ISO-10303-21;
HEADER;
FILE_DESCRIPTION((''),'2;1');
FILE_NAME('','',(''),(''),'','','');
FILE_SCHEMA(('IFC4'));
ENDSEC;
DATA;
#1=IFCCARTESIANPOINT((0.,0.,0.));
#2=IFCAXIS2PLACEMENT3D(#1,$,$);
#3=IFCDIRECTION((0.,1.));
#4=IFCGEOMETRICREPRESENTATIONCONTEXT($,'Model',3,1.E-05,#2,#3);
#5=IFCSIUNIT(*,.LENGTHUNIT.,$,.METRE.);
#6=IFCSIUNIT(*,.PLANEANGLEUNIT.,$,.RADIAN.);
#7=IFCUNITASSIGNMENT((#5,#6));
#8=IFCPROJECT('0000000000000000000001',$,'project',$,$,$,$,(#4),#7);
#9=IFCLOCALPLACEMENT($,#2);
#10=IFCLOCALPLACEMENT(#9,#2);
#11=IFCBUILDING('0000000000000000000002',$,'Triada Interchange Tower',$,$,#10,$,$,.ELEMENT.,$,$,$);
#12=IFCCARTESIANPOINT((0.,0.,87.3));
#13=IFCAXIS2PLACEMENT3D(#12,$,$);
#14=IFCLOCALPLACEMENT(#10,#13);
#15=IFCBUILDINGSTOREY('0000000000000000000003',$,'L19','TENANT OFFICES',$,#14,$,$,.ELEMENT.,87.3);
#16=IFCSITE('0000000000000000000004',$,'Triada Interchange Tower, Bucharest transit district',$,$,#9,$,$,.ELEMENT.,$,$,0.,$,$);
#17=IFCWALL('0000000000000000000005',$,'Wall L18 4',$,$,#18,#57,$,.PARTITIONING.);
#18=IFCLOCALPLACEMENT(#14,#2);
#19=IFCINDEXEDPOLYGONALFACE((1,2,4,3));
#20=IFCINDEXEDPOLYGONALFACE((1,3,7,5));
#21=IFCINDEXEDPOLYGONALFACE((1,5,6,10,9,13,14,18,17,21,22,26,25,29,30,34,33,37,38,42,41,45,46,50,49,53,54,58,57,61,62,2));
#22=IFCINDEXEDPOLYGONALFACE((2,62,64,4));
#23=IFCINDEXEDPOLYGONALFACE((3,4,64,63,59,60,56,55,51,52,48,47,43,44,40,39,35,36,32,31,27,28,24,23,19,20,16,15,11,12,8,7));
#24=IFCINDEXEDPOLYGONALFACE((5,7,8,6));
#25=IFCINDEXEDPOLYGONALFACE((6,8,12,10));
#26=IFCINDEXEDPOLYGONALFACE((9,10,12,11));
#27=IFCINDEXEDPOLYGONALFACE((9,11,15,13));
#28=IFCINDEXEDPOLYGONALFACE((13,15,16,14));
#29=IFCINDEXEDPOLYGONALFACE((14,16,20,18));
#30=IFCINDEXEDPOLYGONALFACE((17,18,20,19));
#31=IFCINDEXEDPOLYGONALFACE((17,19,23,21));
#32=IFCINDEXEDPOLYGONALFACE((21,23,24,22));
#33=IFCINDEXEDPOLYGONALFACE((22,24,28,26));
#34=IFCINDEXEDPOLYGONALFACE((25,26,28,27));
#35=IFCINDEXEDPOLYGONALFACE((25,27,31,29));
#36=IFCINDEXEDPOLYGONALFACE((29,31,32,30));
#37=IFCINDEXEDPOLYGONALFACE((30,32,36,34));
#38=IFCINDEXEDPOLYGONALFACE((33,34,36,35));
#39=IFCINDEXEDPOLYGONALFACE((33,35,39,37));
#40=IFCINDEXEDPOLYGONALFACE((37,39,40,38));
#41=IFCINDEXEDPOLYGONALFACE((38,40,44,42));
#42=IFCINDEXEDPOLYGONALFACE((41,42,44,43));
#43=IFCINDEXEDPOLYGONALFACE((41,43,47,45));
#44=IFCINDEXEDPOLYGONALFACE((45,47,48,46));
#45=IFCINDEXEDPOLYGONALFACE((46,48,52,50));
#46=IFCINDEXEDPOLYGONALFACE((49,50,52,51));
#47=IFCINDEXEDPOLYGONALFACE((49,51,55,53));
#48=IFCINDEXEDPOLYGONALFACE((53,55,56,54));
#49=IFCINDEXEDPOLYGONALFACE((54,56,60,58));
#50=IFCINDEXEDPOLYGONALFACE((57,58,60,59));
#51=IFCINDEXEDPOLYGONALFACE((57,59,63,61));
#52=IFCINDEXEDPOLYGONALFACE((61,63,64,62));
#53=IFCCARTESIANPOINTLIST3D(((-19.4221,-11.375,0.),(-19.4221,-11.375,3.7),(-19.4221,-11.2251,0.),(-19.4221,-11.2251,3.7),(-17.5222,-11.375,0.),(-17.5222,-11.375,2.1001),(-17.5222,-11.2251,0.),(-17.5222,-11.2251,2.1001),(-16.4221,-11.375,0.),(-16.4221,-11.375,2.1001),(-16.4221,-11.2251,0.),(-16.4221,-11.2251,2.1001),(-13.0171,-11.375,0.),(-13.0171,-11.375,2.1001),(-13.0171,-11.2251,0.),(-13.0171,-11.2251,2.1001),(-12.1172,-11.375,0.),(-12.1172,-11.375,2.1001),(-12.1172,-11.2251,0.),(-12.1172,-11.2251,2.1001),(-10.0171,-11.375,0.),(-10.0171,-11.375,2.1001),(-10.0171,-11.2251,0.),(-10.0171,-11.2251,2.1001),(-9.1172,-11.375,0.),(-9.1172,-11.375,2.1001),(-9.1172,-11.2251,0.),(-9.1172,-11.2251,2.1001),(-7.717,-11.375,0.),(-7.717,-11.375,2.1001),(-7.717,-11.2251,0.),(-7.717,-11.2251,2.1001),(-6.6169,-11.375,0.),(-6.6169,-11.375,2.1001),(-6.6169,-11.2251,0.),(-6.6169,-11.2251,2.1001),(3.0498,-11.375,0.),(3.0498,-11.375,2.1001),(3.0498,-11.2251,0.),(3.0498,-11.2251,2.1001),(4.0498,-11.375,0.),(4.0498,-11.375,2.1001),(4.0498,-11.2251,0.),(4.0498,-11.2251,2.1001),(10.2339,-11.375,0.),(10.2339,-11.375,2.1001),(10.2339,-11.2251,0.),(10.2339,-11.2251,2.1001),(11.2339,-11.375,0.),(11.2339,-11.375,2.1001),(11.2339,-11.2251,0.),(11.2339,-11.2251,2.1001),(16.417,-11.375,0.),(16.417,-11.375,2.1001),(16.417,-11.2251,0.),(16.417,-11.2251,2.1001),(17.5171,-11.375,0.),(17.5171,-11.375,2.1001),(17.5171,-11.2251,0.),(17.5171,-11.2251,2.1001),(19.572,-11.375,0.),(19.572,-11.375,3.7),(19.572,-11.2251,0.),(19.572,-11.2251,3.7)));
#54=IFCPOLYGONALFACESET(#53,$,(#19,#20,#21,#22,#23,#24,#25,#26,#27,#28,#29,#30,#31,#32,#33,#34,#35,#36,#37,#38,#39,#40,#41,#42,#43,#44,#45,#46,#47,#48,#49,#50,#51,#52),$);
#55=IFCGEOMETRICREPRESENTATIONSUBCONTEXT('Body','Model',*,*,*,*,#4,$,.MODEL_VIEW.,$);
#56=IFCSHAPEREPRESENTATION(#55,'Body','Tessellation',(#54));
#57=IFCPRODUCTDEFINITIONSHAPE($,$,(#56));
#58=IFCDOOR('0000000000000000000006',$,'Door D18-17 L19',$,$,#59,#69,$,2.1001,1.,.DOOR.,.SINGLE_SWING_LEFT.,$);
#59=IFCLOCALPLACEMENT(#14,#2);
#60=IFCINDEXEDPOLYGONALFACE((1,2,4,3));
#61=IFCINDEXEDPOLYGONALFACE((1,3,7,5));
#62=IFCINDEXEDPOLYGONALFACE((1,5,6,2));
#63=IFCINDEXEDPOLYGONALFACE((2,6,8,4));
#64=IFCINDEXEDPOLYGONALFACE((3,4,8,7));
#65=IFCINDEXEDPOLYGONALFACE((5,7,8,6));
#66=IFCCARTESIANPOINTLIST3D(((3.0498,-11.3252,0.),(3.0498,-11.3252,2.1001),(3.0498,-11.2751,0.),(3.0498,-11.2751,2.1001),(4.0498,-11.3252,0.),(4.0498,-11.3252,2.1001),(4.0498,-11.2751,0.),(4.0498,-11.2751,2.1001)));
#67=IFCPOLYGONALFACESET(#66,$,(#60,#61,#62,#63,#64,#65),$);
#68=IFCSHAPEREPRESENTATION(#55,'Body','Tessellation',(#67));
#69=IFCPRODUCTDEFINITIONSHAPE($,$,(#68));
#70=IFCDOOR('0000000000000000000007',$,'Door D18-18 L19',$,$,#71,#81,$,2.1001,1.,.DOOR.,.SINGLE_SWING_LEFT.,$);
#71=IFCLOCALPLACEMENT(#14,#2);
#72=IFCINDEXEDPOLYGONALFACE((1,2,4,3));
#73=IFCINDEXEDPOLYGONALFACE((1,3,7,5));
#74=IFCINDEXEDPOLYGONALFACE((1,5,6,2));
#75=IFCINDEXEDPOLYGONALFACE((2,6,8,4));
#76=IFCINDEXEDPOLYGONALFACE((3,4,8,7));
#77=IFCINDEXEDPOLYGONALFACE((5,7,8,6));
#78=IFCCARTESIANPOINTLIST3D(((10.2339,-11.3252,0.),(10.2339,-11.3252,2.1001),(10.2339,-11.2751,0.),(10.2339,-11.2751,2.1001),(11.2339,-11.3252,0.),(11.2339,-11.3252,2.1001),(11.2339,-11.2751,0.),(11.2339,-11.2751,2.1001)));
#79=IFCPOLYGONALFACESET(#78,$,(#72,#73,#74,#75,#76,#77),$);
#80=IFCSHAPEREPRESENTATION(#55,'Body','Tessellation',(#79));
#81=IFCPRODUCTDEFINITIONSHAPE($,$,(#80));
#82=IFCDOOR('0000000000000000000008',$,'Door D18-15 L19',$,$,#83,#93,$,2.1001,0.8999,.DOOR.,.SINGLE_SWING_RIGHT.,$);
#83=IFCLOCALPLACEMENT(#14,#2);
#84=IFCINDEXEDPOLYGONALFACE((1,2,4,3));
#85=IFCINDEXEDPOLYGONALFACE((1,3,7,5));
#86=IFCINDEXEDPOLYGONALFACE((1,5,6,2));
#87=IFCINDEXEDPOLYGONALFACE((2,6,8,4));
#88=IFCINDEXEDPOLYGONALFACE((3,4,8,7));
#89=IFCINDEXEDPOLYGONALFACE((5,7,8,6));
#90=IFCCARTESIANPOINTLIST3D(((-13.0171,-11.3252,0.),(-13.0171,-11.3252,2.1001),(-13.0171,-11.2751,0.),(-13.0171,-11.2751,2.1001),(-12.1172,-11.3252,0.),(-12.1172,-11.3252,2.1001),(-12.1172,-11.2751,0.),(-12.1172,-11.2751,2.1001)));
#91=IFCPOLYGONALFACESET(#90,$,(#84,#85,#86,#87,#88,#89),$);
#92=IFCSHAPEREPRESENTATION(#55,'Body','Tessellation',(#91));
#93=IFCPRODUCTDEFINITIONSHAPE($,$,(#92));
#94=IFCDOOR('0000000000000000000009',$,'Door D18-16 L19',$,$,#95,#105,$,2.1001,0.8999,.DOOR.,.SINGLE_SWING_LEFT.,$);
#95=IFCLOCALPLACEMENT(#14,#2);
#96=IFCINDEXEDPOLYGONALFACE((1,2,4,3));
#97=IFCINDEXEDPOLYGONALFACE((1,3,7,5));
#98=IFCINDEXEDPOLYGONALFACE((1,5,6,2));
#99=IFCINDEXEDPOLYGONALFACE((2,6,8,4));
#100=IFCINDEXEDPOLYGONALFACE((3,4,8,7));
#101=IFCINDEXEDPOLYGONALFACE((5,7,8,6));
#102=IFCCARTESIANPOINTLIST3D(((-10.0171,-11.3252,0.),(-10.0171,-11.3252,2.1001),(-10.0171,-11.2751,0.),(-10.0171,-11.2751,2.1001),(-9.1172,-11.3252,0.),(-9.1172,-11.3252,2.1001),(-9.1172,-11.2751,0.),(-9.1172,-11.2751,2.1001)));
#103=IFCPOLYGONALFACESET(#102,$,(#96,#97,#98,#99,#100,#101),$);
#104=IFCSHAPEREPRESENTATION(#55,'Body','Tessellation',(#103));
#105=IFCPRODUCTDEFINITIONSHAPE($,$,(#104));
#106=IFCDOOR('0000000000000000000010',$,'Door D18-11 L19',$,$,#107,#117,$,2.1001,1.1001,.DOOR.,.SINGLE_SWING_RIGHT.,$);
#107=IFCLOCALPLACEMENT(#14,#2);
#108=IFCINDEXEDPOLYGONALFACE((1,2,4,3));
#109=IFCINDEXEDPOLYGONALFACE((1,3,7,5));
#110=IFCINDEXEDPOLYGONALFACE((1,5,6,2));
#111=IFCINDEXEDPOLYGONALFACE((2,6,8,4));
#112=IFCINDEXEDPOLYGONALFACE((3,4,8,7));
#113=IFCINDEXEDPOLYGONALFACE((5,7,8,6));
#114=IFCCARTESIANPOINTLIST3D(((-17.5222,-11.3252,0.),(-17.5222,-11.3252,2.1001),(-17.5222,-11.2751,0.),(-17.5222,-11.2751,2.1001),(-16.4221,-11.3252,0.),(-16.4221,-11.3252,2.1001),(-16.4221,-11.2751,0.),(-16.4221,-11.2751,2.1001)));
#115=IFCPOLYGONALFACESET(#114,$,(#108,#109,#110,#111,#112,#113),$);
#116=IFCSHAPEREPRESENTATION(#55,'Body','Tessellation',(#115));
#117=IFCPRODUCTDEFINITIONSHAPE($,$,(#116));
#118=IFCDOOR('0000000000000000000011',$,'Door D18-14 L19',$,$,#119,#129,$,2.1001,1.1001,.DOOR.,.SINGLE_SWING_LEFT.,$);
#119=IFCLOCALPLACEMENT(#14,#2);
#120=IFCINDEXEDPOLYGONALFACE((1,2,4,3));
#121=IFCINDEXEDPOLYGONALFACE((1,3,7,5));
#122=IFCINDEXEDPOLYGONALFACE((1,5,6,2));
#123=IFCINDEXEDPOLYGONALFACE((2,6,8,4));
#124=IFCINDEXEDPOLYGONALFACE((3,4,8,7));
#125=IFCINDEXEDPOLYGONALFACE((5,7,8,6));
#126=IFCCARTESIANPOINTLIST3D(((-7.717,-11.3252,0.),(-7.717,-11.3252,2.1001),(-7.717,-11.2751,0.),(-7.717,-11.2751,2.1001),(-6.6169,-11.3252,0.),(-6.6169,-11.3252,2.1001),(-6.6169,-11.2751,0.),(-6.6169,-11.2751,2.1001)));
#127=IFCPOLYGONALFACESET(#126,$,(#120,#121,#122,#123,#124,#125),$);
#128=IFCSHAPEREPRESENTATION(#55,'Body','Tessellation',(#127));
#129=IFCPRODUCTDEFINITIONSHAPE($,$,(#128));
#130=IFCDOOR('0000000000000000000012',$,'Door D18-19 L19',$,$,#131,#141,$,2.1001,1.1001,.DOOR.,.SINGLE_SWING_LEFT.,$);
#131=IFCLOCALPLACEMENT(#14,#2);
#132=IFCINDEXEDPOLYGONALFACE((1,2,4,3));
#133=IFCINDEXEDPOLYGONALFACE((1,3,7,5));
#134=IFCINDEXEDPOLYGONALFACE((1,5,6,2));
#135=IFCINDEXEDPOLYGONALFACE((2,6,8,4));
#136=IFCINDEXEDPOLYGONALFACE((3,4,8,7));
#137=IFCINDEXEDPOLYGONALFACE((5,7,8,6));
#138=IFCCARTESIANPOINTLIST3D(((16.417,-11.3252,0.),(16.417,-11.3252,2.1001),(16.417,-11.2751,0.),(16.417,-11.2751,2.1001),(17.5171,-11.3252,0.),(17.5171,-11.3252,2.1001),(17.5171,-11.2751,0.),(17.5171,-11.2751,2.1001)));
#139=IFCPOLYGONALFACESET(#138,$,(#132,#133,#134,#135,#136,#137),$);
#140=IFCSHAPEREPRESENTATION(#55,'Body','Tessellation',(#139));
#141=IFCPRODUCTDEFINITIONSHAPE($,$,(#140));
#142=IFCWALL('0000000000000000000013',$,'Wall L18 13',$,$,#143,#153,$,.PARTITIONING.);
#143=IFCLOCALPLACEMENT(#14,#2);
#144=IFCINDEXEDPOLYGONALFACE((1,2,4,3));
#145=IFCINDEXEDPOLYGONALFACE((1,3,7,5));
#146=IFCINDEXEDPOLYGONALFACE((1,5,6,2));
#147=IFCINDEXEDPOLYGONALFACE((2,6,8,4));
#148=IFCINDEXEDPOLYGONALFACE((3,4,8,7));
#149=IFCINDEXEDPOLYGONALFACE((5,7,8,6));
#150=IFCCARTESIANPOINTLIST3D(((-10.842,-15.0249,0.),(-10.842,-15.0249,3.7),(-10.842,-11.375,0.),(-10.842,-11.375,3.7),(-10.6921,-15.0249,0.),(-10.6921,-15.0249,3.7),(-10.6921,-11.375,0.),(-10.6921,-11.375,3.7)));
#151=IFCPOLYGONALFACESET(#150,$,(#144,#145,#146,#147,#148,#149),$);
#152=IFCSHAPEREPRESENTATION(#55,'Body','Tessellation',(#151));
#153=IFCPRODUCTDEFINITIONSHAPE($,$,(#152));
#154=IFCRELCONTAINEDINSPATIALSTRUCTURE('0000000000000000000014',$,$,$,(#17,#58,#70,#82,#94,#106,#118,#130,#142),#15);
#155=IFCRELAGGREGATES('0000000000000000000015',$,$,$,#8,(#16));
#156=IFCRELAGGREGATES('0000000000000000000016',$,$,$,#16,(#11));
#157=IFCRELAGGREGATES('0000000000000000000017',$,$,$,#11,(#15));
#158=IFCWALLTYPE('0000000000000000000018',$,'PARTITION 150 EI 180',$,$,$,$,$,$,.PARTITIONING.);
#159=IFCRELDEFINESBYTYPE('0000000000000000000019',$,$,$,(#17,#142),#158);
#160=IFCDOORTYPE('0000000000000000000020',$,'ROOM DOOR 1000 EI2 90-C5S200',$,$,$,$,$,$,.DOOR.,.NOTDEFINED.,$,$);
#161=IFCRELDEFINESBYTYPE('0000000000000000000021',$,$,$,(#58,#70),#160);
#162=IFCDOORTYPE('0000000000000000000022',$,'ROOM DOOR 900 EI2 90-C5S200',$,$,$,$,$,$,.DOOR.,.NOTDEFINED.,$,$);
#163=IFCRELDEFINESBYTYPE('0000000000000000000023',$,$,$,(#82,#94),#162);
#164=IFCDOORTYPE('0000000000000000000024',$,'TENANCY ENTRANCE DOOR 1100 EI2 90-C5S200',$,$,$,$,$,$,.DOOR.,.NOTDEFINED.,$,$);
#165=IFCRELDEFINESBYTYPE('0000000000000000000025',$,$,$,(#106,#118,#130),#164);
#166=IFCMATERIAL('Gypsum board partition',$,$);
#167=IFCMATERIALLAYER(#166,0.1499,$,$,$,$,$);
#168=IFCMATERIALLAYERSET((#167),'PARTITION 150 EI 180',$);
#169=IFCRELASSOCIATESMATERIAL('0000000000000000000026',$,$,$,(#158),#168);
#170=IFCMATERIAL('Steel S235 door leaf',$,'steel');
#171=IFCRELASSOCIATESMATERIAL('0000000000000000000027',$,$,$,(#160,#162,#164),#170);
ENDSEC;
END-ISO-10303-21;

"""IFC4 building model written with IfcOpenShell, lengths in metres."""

from ifc_helpers import new_model, si_unit, direction, frame, frame_2d, origin, place, context, subcontext, project, spatial, rectangle, extrude, material, layer, layer_set, type_object, element, fill, save


model = new_model("IFC4")

# Units and contexts
model_context = context("Model", 3, precision=1e-05, world=origin(), true_north=direction((0.0, 1.0)))
body_context = subcontext(model_context, "Body", "Model", "MODEL_VIEW")
ifc_project = project(units=[si_unit("LENGTHUNIT", "METRE"), si_unit("PLANEANGLEUNIT", "RADIAN")], contexts=[model_context])

# Site, building, storey
site_placement = place(None, origin())
site = spatial("IfcSite", under=ifc_project, at=site_placement, Name="Triada Interchange Tower, Bucharest transit district", CompositionType="ELEMENT", RefElevation=0.0)
building_placement = place(site_placement, origin())
building = spatial("IfcBuilding", under=site, at=building_placement, Name="Triada Interchange Tower", CompositionType="ELEMENT")
storey_placement = place(building_placement, frame((0.0, 0.0, 87.3)))
storey = spatial("IfcBuildingStorey", under=building, at=storey_placement, Name="L19", Description="TENANT OFFICES", CompositionType="ELEMENT", Elevation=87.3)

# Wall, openings, doors
ifc_material_1 = material(Name="Gypsum board partition")
ifc_layer_1 = layer(ifc_material_1, 0.1499)
ifc_layer_set_1 = layer_set([ifc_layer_1], Name="PARTITION 150 EI 180")
wall_type_1 = type_object("IfcWallType", Name="PARTITION 150 EI 180", PredefinedType="PARTITIONING", material=ifc_layer_set_1)
ifc_material_2 = material(Name="Steel S235 door leaf", Category="steel")
door_type_1 = type_object("IfcDoorType", Name="ROOM DOOR 1000 EI2 90-C5S200", OperationType="NOTDEFINED", PredefinedType="DOOR", material=ifc_material_2)
door_type_2 = type_object("IfcDoorType", Name="ROOM DOOR 900 EI2 90-C5S200", OperationType="NOTDEFINED", PredefinedType="DOOR", material=ifc_material_2)
door_type_3 = type_object("IfcDoorType", Name="TENANCY ENTRANCE DOOR 1100 EI2 90-C5S200", OperationType="NOTDEFINED", PredefinedType="DOOR", material=ifc_material_2)
wall_1_placement = place(storey_placement, frame((-19.4221, -11.3, 0.0), z_axis=(0.0, 0.0, 1.0), x_axis=(1.0, 0.0, 0.0)))
wall_1 = element("IfcWall", 1, at=wall_1_placement, inside=storey, type_object=wall_type_1, Name="Wall L18 4", PredefinedType="PARTITIONING", context=body_context, shape_type="SweptSolid", body=[
    extrude(rectangle(XDim=38.9941, YDim=0.1499, at=frame_2d((19.4971, 0.0))), origin(), (0.0, 0.0, 1.0), 3.7),
])
opening_1_placement = place(wall_1_placement, frame((1.8999, 0.0, 0.0)))
opening_1 = element("IfcOpeningElement", 2, at=opening_1_placement, cuts=wall_1, PredefinedType="OPENING", context=body_context, shape_type="SweptSolid", body=[
    extrude(rectangle(XDim=1.1001, YDim=2.1001, at=frame_2d((0.55, 1.05))), frame((0.0, 0.085, 0.0), z_axis=(0.0, -1.0, 0.0), x_axis=(1.0, 0.0, 0.0)), (0.0, 0.0, 1.0), 0.1699),
])
opening_2_placement = place(wall_1_placement, frame((11.7051, 0.0, 0.0)))
opening_2 = element("IfcOpeningElement", 3, at=opening_2_placement, cuts=wall_1, PredefinedType="OPENING", context=body_context, shape_type="SweptSolid", body=[
    extrude(rectangle(XDim=1.1001, YDim=2.1001, at=frame_2d((0.55, 1.05))), frame((0.0, 0.085, 0.0), z_axis=(0.0, -1.0, 0.0), x_axis=(1.0, 0.0, 0.0)), (0.0, 0.0, 1.0), 0.1699),
])
opening_3_placement = place(wall_1_placement, frame((6.405, 0.0, 0.0)))
opening_3 = element("IfcOpeningElement", 4, at=opening_3_placement, cuts=wall_1, PredefinedType="OPENING", context=body_context, shape_type="SweptSolid", body=[
    extrude(rectangle(XDim=0.8999, YDim=2.1001, at=frame_2d((0.45, 1.05))), frame((0.0, 0.085, 0.0), z_axis=(0.0, -1.0, 0.0), x_axis=(1.0, 0.0, 0.0)), (0.0, 0.0, 1.0), 0.1699),
])
opening_4_placement = place(wall_1_placement, frame((9.405, 0.0, 0.0)))
opening_4 = element("IfcOpeningElement", 5, at=opening_4_placement, cuts=wall_1, PredefinedType="OPENING", context=body_context, shape_type="SweptSolid", body=[
    extrude(rectangle(XDim=0.8999, YDim=2.1001, at=frame_2d((0.45, 1.05))), frame((0.0, 0.085, 0.0), z_axis=(0.0, -1.0, 0.0), x_axis=(1.0, 0.0, 0.0)), (0.0, 0.0, 1.0), 0.1699),
])
opening_5_placement = place(wall_1_placement, frame((22.4719, 0.0, 0.0)))
opening_5 = element("IfcOpeningElement", 6, at=opening_5_placement, cuts=wall_1, PredefinedType="OPENING", context=body_context, shape_type="SweptSolid", body=[
    extrude(rectangle(XDim=1.0, YDim=2.1001, at=frame_2d((0.5, 1.05))), frame((0.0, 0.085, 0.0), z_axis=(0.0, -1.0, 0.0), x_axis=(1.0, 0.0, 0.0)), (0.0, 0.0, 1.0), 0.1699),
])
opening_6_placement = place(wall_1_placement, frame((29.656, 0.0, 0.0)))
opening_6 = element("IfcOpeningElement", 7, at=opening_6_placement, cuts=wall_1, PredefinedType="OPENING", context=body_context, shape_type="SweptSolid", body=[
    extrude(rectangle(XDim=1.0, YDim=2.1001, at=frame_2d((0.5, 1.05))), frame((0.0, 0.085, 0.0), z_axis=(0.0, -1.0, 0.0), x_axis=(1.0, 0.0, 0.0)), (0.0, 0.0, 1.0), 0.1699),
])
opening_7_placement = place(wall_1_placement, frame((35.8391, 0.0, 0.0)))
opening_7 = element("IfcOpeningElement", 8, at=opening_7_placement, cuts=wall_1, PredefinedType="OPENING", context=body_context, shape_type="SweptSolid", body=[
    extrude(rectangle(XDim=1.1001, YDim=2.1001, at=frame_2d((0.55, 1.05))), frame((0.0, 0.085, 0.0), z_axis=(0.0, -1.0, 0.0), x_axis=(1.0, 0.0, 0.0)), (0.0, 0.0, 1.0), 0.1699),
])
door_1_placement = place(opening_5_placement, origin())
door_1 = element("IfcDoor", 9, at=door_1_placement, inside=storey, type_object=door_type_1, Name="Door D18-17 L19", OperationType="SINGLE_SWING_LEFT", OverallHeight=2.1001, OverallWidth=1.0, PredefinedType="DOOR", context=body_context, shape_type="SweptSolid", body=[
    extrude(rectangle(XDim=1.0, YDim=2.1001, at=frame_2d((0.5, 1.05))), frame((0.0, 0.0249, 0.0), z_axis=(0.0, -1.0, 0.0), x_axis=(1.0, 0.0, 0.0)), (0.0, 0.0, 1.0), 0.05),
])
fill(opening_5, door_1)
door_2_placement = place(opening_6_placement, origin())
door_2 = element("IfcDoor", 10, at=door_2_placement, inside=storey, type_object=door_type_1, Name="Door D18-18 L19", OperationType="SINGLE_SWING_LEFT", OverallHeight=2.1001, OverallWidth=1.0, PredefinedType="DOOR", context=body_context, shape_type="SweptSolid", body=[
    extrude(rectangle(XDim=1.0, YDim=2.1001, at=frame_2d((0.5, 1.05))), frame((0.0, 0.0249, 0.0), z_axis=(0.0, -1.0, 0.0), x_axis=(1.0, 0.0, 0.0)), (0.0, 0.0, 1.0), 0.05),
])
fill(opening_6, door_2)
door_3_placement = place(opening_3_placement, origin())
door_3 = element("IfcDoor", 11, at=door_3_placement, inside=storey, type_object=door_type_2, Name="Door D18-15 L19", OperationType="SINGLE_SWING_RIGHT", OverallHeight=2.1001, OverallWidth=0.8999, PredefinedType="DOOR", context=body_context, shape_type="SweptSolid", body=[
    extrude(rectangle(XDim=0.8999, YDim=2.1001, at=frame_2d((0.45, 1.05))), frame((0.0, 0.0249, 0.0), z_axis=(0.0, -1.0, 0.0), x_axis=(1.0, 0.0, 0.0)), (0.0, 0.0, 1.0), 0.05),
])
fill(opening_3, door_3)
door_4_placement = place(opening_4_placement, origin())
door_4 = element("IfcDoor", 12, at=door_4_placement, inside=storey, type_object=door_type_2, Name="Door D18-16 L19", OperationType="SINGLE_SWING_LEFT", OverallHeight=2.1001, OverallWidth=0.8999, PredefinedType="DOOR", context=body_context, shape_type="SweptSolid", body=[
    extrude(rectangle(XDim=0.8999, YDim=2.1001, at=frame_2d((0.45, 1.05))), frame((0.0, 0.0249, 0.0), z_axis=(0.0, -1.0, 0.0), x_axis=(1.0, 0.0, 0.0)), (0.0, 0.0, 1.0), 0.05),
])
fill(opening_4, door_4)
door_5_placement = place(opening_1_placement, origin())
door_5 = element("IfcDoor", 13, at=door_5_placement, inside=storey, type_object=door_type_3, Name="Door D18-11 L19", OperationType="SINGLE_SWING_RIGHT", OverallHeight=2.1001, OverallWidth=1.1001, PredefinedType="DOOR", context=body_context, shape_type="SweptSolid", body=[
    extrude(rectangle(XDim=1.1001, YDim=2.1001, at=frame_2d((0.55, 1.05))), frame((0.0, 0.0249, 0.0), z_axis=(0.0, -1.0, 0.0), x_axis=(1.0, 0.0, 0.0)), (0.0, 0.0, 1.0), 0.05),
])
fill(opening_1, door_5)
door_6_placement = place(opening_2_placement, origin())
door_6 = element("IfcDoor", 14, at=door_6_placement, inside=storey, type_object=door_type_3, Name="Door D18-14 L19", OperationType="SINGLE_SWING_LEFT", OverallHeight=2.1001, OverallWidth=1.1001, PredefinedType="DOOR", context=body_context, shape_type="SweptSolid", body=[
    extrude(rectangle(XDim=1.1001, YDim=2.1001, at=frame_2d((0.55, 1.05))), frame((0.0, 0.0249, 0.0), z_axis=(0.0, -1.0, 0.0), x_axis=(1.0, 0.0, 0.0)), (0.0, 0.0, 1.0), 0.05),
])
fill(opening_2, door_6)
door_7_placement = place(opening_7_placement, origin())
door_7 = element("IfcDoor", 15, at=door_7_placement, inside=storey, type_object=door_type_3, Name="Door D18-19 L19", OperationType="SINGLE_SWING_LEFT", OverallHeight=2.1001, OverallWidth=1.1001, PredefinedType="DOOR", context=body_context, shape_type="SweptSolid", body=[
    extrude(rectangle(XDim=1.1001, YDim=2.1001, at=frame_2d((0.55, 1.05))), frame((0.0, 0.0249, 0.0), z_axis=(0.0, -1.0, 0.0), x_axis=(1.0, 0.0, 0.0)), (0.0, 0.0, 1.0), 0.05),
])
fill(opening_7, door_7)

# Wall
wall_2_placement = place(storey_placement, frame((-10.7671, -15.0249, 0.0), z_axis=(0.0, 0.0, 1.0), x_axis=(0.0, 1.0, 0.0)))
element("IfcWall", 16, at=wall_2_placement, inside=storey, type_object=wall_type_1, Name="Wall L18 13", PredefinedType="PARTITIONING", context=body_context, shape_type="SweptSolid", body=[
    extrude(rectangle(XDim=3.6499, YDim=0.1499, at=frame_2d((1.825, 0.0))), origin(), (0.0, 0.0, 1.0), 3.7),
])

save(model, "model.ifc")
